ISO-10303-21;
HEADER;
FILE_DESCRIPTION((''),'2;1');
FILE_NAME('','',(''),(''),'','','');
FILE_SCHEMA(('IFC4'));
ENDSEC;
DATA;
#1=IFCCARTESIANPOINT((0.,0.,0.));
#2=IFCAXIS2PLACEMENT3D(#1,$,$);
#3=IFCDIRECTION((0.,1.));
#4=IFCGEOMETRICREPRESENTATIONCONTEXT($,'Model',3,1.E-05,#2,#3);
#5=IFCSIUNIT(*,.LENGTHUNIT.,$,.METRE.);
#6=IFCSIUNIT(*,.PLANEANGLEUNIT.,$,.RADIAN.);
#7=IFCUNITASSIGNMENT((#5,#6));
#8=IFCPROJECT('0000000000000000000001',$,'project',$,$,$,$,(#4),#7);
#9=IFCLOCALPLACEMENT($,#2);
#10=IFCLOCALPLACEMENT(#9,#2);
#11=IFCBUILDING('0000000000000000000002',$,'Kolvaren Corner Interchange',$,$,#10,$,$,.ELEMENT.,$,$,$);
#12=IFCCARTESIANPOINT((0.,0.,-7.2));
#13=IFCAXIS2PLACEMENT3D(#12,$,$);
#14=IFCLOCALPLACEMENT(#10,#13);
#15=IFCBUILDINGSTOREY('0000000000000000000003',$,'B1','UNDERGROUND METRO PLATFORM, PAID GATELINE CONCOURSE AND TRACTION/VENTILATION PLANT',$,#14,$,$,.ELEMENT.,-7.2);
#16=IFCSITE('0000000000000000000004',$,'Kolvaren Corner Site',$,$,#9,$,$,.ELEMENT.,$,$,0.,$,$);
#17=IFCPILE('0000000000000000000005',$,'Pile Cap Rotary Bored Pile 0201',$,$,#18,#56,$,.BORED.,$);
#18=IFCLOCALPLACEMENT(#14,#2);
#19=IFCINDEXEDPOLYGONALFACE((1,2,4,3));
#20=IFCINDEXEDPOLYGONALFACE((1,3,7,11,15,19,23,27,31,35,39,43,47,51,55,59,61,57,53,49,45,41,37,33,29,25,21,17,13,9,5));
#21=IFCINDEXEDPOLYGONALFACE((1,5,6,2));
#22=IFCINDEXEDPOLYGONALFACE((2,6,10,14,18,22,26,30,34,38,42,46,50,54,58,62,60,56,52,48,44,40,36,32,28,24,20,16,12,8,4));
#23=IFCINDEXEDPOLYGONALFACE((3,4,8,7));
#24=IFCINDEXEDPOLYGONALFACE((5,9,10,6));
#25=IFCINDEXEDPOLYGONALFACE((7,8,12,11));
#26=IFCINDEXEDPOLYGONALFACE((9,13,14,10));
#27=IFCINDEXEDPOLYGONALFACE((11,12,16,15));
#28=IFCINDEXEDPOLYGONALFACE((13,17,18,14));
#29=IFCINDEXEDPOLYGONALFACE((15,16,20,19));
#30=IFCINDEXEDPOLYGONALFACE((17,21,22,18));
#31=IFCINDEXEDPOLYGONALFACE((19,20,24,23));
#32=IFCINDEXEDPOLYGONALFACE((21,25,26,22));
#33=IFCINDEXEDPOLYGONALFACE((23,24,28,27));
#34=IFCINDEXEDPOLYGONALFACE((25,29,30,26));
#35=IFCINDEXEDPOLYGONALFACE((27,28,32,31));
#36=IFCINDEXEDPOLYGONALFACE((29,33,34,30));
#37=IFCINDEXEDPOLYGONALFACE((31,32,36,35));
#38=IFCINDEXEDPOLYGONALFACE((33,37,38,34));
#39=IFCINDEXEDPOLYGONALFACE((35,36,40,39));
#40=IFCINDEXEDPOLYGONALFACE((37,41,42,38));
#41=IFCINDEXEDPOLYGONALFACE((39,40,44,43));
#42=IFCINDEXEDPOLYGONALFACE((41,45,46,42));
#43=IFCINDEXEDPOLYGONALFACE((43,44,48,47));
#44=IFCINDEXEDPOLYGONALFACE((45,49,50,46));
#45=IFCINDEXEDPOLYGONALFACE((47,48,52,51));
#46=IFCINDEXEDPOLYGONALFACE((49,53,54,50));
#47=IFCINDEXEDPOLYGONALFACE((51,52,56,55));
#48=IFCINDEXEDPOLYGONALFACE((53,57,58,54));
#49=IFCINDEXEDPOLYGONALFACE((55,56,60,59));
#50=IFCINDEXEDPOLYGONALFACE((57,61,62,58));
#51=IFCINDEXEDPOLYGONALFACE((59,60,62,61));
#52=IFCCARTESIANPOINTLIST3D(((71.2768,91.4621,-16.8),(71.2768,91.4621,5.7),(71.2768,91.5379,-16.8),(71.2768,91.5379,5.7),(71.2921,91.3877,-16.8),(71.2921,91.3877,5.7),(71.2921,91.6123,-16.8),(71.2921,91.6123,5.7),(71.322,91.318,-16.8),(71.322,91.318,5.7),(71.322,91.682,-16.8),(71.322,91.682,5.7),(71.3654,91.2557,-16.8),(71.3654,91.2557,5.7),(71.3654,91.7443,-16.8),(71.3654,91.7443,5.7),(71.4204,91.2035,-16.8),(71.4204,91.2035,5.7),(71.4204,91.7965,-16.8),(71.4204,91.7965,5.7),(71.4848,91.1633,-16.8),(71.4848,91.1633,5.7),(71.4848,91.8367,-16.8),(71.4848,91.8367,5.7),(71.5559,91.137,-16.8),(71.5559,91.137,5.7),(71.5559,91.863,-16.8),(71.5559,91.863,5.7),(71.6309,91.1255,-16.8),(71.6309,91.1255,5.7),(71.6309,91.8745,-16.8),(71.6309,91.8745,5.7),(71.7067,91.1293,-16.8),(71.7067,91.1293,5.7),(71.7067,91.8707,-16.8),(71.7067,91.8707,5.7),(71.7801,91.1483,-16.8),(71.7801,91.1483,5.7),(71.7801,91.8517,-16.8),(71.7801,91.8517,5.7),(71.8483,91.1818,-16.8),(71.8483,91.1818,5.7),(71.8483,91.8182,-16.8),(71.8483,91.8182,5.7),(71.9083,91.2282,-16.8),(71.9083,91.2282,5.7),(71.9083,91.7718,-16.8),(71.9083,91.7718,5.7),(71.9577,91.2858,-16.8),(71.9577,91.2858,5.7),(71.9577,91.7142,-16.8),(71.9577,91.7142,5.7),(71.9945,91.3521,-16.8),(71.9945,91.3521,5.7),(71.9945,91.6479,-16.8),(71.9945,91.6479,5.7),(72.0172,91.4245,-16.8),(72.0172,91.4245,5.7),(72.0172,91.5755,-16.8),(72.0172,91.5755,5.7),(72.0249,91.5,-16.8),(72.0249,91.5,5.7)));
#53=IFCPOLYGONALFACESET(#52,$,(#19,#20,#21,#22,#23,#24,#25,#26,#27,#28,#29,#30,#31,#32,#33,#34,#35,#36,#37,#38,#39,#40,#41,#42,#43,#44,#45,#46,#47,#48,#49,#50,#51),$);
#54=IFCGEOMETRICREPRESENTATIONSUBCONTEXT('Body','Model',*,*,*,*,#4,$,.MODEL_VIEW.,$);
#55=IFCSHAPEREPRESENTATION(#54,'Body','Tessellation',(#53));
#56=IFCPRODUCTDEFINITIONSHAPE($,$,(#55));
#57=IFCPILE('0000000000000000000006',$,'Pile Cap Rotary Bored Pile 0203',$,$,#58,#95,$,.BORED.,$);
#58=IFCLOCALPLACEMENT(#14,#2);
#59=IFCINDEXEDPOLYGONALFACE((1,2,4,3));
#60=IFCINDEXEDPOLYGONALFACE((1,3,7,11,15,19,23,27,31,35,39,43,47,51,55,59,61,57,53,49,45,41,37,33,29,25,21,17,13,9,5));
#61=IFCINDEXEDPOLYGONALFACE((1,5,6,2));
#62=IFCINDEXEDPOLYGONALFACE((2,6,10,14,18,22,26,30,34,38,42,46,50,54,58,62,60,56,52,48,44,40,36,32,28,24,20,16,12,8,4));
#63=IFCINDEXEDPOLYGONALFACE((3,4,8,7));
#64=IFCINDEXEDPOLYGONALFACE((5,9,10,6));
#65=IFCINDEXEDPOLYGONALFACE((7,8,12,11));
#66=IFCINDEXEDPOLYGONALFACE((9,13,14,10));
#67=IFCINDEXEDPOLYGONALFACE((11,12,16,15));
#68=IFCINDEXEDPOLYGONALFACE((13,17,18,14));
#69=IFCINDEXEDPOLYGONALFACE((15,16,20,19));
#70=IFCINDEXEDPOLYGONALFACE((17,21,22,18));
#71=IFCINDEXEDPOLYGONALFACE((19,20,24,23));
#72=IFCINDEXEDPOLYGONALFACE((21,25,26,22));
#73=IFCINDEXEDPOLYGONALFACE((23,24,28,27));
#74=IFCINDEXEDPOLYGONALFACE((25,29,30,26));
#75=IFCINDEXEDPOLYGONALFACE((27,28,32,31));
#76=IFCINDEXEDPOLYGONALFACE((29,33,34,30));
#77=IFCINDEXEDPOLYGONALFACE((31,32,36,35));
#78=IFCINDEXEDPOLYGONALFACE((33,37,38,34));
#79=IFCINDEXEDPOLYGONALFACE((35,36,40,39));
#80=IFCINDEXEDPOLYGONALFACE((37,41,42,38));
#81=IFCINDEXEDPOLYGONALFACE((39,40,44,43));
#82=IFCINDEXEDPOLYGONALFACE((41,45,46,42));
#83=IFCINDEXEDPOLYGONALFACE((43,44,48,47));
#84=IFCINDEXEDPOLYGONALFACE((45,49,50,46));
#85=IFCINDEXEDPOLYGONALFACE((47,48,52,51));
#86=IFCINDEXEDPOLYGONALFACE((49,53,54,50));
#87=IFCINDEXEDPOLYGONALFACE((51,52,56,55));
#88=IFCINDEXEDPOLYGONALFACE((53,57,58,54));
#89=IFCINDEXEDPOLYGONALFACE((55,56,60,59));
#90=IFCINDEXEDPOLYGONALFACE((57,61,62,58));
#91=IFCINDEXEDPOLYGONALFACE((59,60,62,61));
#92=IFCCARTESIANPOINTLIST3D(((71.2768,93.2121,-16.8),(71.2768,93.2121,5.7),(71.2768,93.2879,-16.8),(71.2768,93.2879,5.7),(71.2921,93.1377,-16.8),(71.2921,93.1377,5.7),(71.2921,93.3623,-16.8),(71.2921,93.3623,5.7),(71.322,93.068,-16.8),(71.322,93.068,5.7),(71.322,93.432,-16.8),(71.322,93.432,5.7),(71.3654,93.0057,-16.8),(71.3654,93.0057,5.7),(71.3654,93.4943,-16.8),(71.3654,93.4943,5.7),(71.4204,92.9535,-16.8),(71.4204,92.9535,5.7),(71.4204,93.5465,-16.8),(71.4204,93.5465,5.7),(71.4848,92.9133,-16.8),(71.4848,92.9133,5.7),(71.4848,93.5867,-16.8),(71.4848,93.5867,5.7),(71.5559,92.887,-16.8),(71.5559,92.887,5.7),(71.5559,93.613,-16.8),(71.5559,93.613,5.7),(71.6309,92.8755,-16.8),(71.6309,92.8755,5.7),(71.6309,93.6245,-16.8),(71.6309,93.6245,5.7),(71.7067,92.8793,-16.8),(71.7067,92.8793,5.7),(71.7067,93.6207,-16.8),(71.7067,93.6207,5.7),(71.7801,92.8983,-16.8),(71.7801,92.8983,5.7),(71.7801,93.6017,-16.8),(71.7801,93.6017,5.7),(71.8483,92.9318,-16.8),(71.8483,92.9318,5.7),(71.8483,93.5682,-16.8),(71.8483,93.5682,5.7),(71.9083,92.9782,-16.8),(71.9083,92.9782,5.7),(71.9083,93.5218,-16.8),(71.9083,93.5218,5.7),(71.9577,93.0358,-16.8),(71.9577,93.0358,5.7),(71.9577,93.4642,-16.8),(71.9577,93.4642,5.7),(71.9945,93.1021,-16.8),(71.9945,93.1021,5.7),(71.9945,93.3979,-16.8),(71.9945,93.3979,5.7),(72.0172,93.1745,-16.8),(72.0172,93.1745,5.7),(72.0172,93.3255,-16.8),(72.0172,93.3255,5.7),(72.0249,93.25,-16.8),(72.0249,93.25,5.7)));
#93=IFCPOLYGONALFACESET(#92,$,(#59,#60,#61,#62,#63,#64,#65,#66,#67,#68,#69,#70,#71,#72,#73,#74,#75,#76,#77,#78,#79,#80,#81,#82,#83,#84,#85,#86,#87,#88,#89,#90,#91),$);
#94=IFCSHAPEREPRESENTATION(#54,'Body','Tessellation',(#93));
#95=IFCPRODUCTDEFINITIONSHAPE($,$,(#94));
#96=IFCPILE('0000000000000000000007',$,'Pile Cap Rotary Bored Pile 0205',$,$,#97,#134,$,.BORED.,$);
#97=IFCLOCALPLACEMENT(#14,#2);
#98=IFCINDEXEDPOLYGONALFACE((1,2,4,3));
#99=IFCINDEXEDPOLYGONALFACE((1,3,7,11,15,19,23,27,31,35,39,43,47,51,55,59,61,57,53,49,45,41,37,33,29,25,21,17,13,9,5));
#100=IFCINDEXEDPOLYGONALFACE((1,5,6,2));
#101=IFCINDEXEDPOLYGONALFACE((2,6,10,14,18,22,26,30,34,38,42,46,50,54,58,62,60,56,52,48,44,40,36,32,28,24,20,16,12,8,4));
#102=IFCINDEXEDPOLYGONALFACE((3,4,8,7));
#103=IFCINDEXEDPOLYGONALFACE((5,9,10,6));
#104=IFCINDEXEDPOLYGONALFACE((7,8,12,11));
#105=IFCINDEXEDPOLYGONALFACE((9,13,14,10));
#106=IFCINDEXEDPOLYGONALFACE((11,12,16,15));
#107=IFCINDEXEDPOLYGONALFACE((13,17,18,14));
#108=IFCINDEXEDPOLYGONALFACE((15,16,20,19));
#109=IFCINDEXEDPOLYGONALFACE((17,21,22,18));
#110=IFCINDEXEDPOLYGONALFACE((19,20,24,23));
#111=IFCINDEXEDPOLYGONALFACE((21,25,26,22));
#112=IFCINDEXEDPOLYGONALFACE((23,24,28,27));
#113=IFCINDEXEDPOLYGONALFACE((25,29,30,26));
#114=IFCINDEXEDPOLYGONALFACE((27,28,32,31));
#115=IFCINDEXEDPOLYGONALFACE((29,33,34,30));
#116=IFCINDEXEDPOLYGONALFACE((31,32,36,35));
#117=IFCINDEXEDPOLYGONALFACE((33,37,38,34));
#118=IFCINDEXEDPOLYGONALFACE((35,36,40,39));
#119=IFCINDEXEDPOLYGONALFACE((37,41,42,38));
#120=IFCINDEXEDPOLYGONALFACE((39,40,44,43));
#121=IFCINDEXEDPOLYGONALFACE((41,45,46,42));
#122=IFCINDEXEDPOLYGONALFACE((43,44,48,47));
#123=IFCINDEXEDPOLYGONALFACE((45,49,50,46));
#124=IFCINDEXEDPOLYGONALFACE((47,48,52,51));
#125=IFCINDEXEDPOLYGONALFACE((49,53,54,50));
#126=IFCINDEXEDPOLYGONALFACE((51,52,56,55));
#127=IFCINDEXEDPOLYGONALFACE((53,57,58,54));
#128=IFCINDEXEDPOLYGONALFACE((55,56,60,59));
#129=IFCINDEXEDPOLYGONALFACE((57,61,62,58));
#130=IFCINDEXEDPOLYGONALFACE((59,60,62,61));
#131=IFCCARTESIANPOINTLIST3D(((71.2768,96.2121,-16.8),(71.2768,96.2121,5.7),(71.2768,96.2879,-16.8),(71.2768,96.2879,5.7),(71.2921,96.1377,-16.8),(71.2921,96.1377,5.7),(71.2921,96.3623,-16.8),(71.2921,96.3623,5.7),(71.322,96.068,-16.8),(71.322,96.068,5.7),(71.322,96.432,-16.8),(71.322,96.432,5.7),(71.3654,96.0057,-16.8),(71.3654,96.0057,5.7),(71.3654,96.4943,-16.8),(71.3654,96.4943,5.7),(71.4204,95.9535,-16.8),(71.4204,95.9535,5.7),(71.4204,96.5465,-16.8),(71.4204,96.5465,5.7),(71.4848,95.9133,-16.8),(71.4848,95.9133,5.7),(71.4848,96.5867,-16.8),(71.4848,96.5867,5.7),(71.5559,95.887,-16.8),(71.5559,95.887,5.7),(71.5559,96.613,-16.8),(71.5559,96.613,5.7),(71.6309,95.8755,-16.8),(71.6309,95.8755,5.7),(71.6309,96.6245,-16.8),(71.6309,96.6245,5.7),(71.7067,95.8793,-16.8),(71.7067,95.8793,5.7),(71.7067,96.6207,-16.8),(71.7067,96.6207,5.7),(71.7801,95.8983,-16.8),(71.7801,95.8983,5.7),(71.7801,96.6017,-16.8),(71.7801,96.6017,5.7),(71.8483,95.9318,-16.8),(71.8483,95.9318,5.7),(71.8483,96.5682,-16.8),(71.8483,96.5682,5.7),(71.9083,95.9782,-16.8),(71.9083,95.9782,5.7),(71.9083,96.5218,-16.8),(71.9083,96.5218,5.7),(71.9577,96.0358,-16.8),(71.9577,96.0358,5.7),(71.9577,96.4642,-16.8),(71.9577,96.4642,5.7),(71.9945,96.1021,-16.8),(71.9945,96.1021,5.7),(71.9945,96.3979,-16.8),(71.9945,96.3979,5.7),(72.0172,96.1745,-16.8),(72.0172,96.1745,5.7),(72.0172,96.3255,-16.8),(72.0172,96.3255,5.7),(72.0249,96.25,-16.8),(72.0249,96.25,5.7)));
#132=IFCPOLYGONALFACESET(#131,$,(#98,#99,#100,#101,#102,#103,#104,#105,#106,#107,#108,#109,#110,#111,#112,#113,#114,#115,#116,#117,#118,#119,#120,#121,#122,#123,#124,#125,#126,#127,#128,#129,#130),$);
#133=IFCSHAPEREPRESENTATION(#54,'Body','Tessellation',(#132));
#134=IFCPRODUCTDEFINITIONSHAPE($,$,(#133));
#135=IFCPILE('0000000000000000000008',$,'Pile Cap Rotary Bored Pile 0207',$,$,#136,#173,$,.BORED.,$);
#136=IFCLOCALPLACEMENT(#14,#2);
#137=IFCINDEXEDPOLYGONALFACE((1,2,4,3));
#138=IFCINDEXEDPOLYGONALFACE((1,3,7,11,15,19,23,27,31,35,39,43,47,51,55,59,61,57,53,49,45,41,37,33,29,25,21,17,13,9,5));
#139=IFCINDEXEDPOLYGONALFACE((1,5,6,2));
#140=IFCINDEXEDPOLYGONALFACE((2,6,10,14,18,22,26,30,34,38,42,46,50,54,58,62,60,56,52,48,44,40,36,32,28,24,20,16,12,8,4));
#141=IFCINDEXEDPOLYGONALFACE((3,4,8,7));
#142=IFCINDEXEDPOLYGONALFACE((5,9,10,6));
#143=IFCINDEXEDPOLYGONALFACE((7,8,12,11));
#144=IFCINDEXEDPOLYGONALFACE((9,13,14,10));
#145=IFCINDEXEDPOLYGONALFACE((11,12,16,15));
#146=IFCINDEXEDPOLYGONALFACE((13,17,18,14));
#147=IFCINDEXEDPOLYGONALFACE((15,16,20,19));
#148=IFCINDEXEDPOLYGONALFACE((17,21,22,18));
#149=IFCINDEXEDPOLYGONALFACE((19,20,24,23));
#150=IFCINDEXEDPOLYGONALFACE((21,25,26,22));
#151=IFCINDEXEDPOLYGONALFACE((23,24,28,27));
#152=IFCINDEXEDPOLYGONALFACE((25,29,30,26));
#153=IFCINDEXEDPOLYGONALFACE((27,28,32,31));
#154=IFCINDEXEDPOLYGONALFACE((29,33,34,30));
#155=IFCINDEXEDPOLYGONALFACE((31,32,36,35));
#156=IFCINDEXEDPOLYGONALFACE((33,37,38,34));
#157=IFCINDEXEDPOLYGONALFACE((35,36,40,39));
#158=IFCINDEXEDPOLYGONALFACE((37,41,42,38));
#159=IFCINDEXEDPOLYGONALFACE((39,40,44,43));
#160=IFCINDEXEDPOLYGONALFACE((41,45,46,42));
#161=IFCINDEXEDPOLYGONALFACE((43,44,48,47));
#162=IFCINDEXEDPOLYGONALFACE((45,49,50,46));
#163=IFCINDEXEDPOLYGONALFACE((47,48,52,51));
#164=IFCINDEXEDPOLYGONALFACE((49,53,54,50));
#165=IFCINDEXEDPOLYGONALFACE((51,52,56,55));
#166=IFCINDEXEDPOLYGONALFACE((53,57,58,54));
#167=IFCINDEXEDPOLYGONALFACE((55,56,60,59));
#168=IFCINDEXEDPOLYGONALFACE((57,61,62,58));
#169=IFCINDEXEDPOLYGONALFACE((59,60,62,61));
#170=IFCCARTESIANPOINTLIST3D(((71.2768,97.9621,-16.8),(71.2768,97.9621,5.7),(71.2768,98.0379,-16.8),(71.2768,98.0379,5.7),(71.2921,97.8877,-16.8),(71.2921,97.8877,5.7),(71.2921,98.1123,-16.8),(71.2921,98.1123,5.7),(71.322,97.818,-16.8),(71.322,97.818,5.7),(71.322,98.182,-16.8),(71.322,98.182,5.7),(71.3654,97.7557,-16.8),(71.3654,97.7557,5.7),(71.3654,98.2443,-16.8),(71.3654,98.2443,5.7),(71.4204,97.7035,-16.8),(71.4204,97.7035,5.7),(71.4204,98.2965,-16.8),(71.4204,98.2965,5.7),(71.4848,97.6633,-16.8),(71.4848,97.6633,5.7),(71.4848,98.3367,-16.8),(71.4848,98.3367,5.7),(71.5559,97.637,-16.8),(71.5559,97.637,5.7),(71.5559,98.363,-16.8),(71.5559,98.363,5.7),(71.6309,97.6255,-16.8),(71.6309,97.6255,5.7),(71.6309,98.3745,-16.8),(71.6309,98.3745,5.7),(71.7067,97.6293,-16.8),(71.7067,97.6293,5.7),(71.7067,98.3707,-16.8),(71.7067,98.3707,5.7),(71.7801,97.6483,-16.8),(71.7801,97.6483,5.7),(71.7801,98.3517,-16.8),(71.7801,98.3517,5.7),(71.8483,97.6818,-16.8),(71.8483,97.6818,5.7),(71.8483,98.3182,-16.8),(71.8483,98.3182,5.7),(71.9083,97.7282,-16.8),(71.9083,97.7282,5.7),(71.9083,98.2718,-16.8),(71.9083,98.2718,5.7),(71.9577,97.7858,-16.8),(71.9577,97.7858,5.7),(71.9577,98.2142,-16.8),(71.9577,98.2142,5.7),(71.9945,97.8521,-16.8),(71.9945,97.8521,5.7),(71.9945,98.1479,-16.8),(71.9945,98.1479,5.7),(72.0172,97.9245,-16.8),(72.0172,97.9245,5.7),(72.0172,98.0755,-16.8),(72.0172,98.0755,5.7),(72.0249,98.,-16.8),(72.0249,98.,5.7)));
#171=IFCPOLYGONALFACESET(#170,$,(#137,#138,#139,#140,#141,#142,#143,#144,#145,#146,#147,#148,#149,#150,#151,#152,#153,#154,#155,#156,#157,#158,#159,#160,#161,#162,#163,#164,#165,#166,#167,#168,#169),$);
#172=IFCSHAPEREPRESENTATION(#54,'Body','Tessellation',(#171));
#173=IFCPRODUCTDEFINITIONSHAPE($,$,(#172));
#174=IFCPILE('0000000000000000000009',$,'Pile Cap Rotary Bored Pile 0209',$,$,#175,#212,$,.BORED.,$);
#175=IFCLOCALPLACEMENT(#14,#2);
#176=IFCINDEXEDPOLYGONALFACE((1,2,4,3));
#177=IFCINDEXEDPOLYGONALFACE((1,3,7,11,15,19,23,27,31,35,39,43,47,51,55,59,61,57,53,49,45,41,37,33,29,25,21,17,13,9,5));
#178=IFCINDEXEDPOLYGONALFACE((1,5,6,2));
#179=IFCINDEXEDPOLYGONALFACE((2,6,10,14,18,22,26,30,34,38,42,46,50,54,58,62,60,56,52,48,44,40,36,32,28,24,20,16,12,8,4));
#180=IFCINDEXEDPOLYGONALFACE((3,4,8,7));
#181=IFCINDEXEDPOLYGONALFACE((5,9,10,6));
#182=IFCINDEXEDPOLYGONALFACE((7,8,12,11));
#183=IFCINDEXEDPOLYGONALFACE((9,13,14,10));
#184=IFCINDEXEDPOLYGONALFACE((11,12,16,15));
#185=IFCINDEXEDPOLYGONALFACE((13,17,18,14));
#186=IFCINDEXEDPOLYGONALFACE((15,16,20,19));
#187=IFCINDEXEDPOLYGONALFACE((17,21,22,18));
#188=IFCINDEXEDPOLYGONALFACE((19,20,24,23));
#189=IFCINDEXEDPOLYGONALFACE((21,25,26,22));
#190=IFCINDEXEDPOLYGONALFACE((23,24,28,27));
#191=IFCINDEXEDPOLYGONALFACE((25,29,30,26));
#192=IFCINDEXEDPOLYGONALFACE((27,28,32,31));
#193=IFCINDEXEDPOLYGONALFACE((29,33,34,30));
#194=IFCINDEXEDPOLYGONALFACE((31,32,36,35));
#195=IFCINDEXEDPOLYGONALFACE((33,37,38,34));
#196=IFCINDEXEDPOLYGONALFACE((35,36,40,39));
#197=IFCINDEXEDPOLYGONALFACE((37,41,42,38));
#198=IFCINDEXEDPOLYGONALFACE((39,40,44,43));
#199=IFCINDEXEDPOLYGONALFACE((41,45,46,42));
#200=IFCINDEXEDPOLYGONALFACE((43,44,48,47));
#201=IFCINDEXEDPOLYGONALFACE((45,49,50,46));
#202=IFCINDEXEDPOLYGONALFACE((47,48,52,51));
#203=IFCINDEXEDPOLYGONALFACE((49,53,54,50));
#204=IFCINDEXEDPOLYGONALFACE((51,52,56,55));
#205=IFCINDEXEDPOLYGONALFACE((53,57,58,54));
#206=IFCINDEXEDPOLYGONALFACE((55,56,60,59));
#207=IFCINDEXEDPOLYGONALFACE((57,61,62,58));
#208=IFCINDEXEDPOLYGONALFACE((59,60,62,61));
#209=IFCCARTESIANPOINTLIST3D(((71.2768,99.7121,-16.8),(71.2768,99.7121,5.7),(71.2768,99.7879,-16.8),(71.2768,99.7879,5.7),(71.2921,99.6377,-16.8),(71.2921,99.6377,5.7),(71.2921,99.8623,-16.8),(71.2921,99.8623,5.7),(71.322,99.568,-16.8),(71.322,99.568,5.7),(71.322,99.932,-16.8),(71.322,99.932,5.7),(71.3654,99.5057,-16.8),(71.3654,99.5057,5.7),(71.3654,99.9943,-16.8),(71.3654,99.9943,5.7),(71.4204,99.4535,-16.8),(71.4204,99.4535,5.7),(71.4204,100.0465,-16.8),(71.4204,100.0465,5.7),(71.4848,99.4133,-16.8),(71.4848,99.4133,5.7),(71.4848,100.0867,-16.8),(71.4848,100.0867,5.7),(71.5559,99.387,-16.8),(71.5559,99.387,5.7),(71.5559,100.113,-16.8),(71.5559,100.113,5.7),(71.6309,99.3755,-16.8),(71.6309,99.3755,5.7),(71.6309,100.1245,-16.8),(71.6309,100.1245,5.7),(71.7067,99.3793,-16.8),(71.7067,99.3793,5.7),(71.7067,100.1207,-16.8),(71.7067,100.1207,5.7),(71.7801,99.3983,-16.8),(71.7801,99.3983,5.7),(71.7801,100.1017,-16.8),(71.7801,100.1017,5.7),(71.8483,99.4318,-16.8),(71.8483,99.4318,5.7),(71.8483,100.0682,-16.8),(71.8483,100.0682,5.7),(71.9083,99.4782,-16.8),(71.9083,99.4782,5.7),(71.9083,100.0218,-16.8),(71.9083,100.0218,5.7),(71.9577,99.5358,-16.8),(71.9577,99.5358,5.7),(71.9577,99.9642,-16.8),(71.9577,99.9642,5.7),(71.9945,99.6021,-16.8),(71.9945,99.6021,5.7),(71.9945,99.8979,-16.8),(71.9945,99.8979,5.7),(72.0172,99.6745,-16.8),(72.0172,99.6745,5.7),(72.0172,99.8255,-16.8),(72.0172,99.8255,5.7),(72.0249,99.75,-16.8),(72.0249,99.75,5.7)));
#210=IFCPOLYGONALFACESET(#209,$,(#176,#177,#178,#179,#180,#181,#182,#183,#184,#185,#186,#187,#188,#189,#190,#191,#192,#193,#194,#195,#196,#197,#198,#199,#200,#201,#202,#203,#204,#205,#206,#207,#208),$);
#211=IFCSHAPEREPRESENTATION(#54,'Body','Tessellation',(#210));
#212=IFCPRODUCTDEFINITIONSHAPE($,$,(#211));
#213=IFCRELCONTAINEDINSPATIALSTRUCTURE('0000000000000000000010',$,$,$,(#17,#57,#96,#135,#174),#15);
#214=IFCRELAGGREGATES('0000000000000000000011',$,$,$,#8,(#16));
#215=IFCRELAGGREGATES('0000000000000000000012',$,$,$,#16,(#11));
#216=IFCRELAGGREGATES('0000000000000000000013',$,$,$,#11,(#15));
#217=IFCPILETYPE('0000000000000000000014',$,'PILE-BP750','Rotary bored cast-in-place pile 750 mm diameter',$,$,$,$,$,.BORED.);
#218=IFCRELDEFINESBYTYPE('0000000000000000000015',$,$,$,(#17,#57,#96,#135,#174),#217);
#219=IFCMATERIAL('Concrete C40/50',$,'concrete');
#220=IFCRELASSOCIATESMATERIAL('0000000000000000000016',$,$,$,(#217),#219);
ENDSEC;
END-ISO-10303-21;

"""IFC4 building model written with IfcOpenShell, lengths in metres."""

from ifc_helpers import new_model, si_unit, direction, frame, origin, origin_2d, place, context, subcontext, project, spatial, circle, extrude, material, material_profile, profile_set, type_object, element, save


model = new_model("IFC4")

# Units and contexts
model_context = context("Model", 3, precision=1e-05, world=origin(), true_north=direction((0.0, 1.0)))
body_context = subcontext(model_context, "Body", "Model", "MODEL_VIEW")
ifc_project = project(units=[si_unit("LENGTHUNIT", "METRE"), si_unit("PLANEANGLEUNIT", "RADIAN")], contexts=[model_context])

# Site, building, storey
site_placement = place(None, origin())
site = spatial("IfcSite", under=ifc_project, at=site_placement, Name="Kolvaren Corner Site", CompositionType="ELEMENT", RefElevation=0.0)
building_placement = place(site_placement, origin())
building = spatial("IfcBuilding", under=site, at=building_placement, Name="Kolvaren Corner Interchange", CompositionType="ELEMENT")
storey_placement = place(building_placement, frame((0.0, 0.0, -7.2)))
storey = spatial("IfcBuildingStorey", under=building, at=storey_placement, Name="B1", Description="UNDERGROUND METRO PLATFORM, PAID GATELINE CONCOURSE AND TRACTION/VENTILATION PLANT", CompositionType="ELEMENT", Elevation=-7.2)

# Piles
ifc_material_1 = material(Name="Concrete C40/50", Category="concrete")
ifc_material_profile_1 = material_profile(ifc_material_1, circle(Radius=0.375, at=origin_2d()), Name="BORED PILE 750")
ifc_profile_set_1 = profile_set([ifc_material_profile_1], Name="Concrete C40/50")
pile_type_1 = type_object("IfcPileType", Name="PILE-BP750", Description="Rotary bored cast-in-place pile 750 mm diameter", PredefinedType="BORED", material=ifc_profile_set_1)
for number, where, z_axis, x_axis, name in (
    (1, (71.6499, 91.5, 5.7), (0.0, 0.0, -1.0), (1.0, 0.0, 0.0), "Pile Cap Rotary Bored Pile 0201"),
    (2, (71.6499, 93.25, 5.7), (0.0, 0.0, -1.0), (1.0, 0.0, 0.0), "Pile Cap Rotary Bored Pile 0203"),
    (3, (71.6499, 96.25, 5.7), (0.0, 0.0, -1.0), (1.0, 0.0, 0.0), "Pile Cap Rotary Bored Pile 0205"),
    (4, (71.6499, 98.0, 5.7), (0.0, 0.0, -1.0), (1.0, 0.0, 0.0), "Pile Cap Rotary Bored Pile 0207"),
    (5, (71.6499, 99.75, 5.7), (0.0, 0.0, -1.0), (1.0, 0.0, 0.0), "Pile Cap Rotary Bored Pile 0209"),
):
    element("IfcPile", number, at=place(storey_placement, frame(where, z_axis=z_axis, x_axis=x_axis)), inside=storey, type_object=pile_type_1, Name=name, PredefinedType="BORED", context=body_context, shape_type="SweptSolid", body=[
        extrude(circle(Radius=0.375, at=origin_2d()), origin(), (0.0, 0.0, 1.0), 22.5),
    ])

save(model, "model.ifc")
